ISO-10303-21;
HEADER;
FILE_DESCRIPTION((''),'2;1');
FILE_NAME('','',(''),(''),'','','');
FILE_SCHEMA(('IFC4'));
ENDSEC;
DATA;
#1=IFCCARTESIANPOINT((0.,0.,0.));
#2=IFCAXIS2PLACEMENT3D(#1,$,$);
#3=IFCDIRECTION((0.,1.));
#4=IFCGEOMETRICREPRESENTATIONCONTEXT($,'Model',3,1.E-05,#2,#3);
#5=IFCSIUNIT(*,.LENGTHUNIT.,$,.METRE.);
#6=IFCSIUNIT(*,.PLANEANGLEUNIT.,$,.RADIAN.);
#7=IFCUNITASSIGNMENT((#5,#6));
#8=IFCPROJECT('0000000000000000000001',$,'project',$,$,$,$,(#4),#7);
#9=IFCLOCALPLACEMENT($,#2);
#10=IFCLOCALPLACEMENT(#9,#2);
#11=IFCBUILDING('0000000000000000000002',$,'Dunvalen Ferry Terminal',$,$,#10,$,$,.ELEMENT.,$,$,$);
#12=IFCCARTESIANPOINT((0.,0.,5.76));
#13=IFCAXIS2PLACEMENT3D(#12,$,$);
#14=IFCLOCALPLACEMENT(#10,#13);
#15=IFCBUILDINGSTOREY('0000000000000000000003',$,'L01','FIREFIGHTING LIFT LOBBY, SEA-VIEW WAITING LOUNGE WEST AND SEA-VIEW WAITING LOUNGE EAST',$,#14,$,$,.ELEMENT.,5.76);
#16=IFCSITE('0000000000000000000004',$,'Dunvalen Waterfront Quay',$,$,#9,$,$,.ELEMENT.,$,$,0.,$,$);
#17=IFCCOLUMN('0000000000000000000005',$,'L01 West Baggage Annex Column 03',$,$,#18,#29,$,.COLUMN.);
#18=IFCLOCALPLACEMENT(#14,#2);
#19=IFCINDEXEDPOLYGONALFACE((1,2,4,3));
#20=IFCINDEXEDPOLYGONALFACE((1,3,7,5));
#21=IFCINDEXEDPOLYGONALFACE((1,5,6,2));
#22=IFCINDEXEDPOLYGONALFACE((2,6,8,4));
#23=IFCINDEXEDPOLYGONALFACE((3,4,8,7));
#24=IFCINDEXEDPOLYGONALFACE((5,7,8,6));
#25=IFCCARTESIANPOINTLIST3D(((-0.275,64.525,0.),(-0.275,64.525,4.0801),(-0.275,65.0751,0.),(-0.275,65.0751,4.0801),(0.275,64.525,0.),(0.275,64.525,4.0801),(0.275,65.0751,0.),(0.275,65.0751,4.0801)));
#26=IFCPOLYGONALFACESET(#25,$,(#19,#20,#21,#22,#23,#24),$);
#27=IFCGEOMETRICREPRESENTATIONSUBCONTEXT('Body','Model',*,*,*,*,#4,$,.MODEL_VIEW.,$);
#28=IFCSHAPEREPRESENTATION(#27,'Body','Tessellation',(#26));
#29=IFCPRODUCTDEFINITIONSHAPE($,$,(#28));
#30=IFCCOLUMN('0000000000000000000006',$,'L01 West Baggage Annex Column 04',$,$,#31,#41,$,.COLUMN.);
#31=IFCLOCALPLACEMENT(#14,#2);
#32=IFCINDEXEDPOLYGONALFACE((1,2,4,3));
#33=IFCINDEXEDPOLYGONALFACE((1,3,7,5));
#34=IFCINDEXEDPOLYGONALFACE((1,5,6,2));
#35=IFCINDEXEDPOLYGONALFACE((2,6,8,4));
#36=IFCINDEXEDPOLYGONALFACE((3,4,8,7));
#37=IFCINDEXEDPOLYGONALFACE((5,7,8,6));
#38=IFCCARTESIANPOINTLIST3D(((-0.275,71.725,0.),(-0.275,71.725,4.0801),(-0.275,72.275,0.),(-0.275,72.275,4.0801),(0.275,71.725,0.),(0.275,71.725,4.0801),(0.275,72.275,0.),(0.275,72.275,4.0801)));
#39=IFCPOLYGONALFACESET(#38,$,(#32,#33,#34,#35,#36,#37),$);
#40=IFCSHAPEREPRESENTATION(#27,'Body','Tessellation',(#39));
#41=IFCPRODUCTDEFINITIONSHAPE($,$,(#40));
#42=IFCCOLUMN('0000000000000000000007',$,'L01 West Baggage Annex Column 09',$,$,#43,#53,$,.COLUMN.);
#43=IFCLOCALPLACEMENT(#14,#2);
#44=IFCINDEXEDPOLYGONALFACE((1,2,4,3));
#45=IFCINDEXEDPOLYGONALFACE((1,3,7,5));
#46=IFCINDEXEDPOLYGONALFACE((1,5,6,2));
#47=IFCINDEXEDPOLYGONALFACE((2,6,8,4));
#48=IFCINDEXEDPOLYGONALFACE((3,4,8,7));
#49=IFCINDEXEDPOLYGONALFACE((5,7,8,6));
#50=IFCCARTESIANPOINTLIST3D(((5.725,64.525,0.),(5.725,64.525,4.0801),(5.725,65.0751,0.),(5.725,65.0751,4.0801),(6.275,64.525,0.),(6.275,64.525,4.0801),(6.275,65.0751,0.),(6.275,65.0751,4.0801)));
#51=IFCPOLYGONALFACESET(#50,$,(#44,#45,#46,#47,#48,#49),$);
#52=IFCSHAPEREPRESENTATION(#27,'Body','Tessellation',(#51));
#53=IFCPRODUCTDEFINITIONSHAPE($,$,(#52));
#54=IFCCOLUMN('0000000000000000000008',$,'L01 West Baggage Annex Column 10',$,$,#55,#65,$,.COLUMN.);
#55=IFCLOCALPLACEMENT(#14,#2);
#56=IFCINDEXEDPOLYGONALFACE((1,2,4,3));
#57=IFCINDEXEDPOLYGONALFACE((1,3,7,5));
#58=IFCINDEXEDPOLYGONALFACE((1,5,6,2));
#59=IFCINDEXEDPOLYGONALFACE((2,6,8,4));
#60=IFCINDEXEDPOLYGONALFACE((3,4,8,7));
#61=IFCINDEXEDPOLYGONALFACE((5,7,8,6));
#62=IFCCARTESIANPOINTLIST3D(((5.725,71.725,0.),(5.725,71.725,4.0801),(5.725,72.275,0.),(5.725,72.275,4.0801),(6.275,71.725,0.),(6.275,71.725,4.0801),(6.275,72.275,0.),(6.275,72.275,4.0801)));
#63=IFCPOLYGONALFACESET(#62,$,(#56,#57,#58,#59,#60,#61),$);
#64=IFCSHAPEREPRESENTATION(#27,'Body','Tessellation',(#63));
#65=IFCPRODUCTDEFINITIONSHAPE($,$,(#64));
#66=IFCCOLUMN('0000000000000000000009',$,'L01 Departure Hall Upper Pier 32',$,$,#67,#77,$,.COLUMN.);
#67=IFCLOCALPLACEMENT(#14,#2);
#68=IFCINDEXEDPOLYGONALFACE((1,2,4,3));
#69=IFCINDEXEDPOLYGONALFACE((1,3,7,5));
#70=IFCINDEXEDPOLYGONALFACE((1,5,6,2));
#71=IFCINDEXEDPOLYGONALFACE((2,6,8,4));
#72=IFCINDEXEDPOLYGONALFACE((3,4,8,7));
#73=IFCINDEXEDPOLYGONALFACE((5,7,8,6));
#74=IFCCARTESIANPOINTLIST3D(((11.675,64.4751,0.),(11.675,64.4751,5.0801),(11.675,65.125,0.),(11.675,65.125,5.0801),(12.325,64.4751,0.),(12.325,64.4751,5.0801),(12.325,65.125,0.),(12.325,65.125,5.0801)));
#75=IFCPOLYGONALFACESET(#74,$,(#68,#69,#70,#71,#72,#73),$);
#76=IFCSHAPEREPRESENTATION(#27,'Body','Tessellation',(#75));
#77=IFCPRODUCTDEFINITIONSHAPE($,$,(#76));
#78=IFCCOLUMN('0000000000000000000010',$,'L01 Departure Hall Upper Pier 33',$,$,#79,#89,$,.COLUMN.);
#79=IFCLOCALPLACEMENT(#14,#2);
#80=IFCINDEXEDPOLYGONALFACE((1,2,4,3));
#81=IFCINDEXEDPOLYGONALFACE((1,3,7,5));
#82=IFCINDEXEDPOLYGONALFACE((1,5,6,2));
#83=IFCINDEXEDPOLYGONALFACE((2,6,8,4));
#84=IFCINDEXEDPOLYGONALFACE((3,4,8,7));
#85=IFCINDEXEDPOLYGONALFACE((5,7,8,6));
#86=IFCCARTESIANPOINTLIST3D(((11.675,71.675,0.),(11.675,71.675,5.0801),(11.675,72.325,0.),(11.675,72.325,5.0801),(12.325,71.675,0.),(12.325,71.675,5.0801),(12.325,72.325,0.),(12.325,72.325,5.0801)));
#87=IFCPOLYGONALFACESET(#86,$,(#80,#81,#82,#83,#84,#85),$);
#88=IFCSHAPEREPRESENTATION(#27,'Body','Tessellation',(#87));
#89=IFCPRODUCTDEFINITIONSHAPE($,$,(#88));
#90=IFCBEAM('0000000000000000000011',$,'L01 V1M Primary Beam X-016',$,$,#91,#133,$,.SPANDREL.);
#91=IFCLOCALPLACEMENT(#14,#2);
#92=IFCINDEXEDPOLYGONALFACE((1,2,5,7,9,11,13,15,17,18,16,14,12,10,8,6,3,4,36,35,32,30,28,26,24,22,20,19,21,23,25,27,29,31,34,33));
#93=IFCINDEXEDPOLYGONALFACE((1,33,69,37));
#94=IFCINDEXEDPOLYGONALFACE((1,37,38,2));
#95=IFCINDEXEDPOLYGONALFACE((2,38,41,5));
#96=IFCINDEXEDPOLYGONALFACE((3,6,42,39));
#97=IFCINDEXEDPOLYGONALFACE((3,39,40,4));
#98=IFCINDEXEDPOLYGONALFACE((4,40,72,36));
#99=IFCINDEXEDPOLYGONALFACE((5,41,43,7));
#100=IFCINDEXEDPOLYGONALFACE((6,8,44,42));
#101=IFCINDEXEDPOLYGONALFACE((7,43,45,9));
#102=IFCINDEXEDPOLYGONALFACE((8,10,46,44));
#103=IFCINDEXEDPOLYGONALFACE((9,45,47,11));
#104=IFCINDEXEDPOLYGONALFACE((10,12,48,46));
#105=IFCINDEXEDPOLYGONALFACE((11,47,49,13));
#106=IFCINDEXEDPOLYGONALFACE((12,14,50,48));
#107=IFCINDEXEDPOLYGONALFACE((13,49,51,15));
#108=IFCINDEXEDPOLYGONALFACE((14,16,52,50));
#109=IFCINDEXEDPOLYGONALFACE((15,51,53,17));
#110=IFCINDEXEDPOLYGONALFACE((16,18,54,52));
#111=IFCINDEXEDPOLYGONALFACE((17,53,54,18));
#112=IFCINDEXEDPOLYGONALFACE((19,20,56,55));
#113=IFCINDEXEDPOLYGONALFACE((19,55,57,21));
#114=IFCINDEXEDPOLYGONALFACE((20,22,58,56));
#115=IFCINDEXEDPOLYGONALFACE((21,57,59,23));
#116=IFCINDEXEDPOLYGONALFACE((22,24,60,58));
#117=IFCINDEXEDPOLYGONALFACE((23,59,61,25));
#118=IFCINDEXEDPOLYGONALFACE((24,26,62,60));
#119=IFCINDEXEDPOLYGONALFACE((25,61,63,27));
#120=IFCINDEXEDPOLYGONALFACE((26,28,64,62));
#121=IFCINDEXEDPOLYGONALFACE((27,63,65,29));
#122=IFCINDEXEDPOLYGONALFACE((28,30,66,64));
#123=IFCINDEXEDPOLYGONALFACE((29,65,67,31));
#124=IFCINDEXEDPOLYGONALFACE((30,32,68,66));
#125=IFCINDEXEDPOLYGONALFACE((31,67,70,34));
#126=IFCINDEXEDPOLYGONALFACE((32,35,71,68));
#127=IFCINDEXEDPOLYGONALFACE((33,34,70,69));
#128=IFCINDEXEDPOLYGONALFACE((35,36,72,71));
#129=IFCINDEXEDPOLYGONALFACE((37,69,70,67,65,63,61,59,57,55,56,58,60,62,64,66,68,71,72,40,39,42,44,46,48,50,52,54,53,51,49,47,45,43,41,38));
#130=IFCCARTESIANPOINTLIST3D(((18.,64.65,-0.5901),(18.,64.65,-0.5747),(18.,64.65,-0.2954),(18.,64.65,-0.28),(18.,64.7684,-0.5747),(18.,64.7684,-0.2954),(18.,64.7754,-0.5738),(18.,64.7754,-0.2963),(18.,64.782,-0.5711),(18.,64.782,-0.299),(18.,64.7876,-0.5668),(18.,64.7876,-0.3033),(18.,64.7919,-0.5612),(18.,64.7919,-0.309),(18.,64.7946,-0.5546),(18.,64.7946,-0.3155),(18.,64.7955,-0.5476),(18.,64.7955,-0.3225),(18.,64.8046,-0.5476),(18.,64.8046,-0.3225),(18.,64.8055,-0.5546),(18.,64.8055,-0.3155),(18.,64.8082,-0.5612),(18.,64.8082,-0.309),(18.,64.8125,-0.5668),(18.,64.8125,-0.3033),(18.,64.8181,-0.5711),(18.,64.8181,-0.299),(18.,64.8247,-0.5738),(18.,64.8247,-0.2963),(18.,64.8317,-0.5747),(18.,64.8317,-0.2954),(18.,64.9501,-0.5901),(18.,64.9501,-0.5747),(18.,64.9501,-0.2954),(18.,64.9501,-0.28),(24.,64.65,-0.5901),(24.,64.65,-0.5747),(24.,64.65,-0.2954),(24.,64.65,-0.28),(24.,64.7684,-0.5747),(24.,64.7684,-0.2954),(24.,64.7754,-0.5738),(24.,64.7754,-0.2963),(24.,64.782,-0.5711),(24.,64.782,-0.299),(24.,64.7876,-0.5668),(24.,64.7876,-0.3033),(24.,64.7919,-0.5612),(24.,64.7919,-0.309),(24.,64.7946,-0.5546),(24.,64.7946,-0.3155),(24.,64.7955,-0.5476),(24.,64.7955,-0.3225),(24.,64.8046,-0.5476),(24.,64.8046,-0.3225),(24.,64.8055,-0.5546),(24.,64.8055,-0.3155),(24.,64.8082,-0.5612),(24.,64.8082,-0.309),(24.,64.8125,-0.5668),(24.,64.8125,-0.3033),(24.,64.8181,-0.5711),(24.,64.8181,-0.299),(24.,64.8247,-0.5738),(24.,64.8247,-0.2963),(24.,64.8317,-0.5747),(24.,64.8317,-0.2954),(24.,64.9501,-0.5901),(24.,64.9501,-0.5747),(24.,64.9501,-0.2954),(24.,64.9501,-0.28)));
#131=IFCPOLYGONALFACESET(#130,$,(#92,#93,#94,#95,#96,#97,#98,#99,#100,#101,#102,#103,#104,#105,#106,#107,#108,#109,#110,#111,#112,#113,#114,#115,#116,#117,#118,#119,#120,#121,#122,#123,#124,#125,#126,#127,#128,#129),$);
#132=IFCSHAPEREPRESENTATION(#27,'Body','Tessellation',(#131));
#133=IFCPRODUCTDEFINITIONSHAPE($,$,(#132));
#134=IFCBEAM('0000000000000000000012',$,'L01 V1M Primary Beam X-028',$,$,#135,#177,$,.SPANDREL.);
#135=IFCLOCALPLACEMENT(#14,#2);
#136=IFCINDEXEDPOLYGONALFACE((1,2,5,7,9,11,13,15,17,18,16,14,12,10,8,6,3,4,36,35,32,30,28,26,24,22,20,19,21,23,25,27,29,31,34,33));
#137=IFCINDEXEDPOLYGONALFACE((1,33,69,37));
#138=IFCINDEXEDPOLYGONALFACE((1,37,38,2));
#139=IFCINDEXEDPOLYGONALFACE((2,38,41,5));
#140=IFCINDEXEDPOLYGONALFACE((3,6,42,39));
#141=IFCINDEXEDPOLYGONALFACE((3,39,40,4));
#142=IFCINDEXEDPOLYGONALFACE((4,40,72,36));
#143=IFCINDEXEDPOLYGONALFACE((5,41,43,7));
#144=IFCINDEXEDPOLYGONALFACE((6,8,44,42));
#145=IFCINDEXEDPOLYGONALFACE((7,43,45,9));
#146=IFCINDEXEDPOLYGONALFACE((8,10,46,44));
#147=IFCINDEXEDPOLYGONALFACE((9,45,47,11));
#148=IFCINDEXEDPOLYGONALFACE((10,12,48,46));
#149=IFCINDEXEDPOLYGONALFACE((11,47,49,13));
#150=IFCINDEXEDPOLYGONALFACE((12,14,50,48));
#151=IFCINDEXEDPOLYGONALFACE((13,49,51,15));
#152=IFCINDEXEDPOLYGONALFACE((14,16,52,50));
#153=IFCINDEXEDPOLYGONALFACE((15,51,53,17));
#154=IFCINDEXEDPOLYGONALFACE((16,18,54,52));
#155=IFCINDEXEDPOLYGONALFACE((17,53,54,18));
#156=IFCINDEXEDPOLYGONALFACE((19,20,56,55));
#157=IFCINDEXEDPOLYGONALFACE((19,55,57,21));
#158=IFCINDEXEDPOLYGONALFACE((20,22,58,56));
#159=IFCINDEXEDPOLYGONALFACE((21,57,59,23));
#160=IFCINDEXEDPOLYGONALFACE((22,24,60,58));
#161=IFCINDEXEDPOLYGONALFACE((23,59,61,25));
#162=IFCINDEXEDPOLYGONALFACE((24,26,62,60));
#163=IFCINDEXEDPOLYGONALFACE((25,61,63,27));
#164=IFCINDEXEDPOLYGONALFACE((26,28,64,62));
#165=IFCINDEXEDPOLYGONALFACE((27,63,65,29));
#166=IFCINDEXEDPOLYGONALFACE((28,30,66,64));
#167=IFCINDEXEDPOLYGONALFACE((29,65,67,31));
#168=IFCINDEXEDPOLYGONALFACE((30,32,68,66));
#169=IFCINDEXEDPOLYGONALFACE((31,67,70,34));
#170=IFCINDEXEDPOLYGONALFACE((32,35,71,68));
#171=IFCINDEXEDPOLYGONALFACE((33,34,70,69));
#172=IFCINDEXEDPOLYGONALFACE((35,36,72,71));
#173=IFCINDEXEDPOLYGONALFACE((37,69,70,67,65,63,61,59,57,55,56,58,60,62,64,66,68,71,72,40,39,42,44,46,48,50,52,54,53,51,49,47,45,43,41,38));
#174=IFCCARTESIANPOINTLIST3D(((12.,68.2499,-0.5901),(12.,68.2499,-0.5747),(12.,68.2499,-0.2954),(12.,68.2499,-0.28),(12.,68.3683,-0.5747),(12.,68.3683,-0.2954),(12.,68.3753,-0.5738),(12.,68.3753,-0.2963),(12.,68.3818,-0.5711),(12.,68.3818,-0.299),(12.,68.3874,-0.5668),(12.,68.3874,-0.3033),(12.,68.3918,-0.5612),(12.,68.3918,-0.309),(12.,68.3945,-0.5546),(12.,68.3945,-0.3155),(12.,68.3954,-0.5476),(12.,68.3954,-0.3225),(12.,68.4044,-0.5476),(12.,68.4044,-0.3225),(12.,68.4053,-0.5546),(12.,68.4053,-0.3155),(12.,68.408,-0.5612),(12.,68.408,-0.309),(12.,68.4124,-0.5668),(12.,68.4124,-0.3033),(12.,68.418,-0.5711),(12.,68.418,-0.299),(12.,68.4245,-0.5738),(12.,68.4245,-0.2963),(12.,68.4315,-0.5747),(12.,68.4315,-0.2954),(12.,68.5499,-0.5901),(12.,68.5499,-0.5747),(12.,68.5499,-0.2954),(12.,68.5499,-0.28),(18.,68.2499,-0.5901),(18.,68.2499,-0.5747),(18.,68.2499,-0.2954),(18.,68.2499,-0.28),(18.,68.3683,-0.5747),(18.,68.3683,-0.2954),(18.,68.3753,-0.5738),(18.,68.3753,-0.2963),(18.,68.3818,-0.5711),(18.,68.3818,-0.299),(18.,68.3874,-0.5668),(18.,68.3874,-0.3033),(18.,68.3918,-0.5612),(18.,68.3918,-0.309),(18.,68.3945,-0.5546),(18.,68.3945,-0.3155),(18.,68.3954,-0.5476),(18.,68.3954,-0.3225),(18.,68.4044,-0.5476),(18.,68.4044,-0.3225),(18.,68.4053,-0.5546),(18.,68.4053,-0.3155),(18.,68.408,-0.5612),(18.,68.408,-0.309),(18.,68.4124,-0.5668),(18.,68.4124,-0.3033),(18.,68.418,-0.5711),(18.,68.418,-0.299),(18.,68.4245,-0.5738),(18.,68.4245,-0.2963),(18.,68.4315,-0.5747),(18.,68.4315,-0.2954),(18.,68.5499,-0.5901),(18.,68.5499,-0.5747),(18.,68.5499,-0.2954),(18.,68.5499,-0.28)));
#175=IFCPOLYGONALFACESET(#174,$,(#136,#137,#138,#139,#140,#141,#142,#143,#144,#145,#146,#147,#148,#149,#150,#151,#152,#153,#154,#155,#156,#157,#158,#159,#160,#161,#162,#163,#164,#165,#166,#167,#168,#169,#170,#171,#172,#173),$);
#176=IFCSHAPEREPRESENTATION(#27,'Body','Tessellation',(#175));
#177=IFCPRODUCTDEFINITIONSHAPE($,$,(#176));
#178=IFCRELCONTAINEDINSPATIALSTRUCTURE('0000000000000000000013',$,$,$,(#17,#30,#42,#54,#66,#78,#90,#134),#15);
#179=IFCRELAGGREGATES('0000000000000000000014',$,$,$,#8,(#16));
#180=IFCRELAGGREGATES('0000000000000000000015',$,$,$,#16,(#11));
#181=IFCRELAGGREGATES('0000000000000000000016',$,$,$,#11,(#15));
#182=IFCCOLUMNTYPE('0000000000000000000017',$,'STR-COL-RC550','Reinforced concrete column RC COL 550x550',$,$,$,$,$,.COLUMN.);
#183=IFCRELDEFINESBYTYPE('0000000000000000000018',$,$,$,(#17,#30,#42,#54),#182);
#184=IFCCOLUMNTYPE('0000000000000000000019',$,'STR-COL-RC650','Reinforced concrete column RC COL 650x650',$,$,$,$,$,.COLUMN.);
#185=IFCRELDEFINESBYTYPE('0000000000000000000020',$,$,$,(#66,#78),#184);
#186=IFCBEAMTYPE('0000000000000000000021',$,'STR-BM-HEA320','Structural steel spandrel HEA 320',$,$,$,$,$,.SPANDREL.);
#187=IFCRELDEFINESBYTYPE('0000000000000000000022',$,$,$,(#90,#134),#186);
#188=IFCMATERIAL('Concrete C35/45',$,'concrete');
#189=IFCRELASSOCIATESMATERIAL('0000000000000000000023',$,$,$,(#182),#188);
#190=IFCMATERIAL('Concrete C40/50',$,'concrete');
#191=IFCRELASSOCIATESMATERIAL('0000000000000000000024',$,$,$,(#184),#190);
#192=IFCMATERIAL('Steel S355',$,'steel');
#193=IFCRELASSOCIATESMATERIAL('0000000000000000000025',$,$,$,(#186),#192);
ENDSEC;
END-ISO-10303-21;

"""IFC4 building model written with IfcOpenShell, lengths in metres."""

from ifc_helpers import new_model, si_unit, direction, frame, origin, origin_2d, place, context, subcontext, project, spatial, rectangle, i_section, extrude, material, material_profile, profile_set, type_object, element, save


model = new_model("IFC4")

# Units and contexts
model_context = context("Model", 3, precision=1e-05, world=origin(), true_north=direction((0.0, 1.0)))
body_context = subcontext(model_context, "Body", "Model", "MODEL_VIEW")
ifc_project = project(units=[si_unit("LENGTHUNIT", "METRE"), si_unit("PLANEANGLEUNIT", "RADIAN")], contexts=[model_context])

# Site, building, storey
site_placement = place(None, origin())
site = spatial("IfcSite", under=ifc_project, at=site_placement, Name="Dunvalen Waterfront Quay", CompositionType="ELEMENT", RefElevation=0.0)
building_placement = place(site_placement, origin())
building = spatial("IfcBuilding", under=site, at=building_placement, Name="Dunvalen Ferry Terminal", CompositionType="ELEMENT")
storey_placement = place(building_placement, frame((0.0, 0.0, 5.76)))
storey = spatial("IfcBuildingStorey", under=building, at=storey_placement, Name="L01", Description="FIREFIGHTING LIFT LOBBY, SEA-VIEW WAITING LOUNGE WEST AND SEA-VIEW WAITING LOUNGE EAST", CompositionType="ELEMENT", Elevation=5.76)

# Columns
ifc_material_1 = material(Name="Concrete C35/45", Category="concrete")
ifc_material_profile_1 = material_profile(ifc_material_1, rectangle(XDim=0.55, YDim=0.55, at=origin_2d()), Name="Concrete C35/45")
ifc_profile_set_1 = profile_set([ifc_material_profile_1], Name="Concrete C35/45")
column_type_1 = type_object("IfcColumnType", Name="STR-COL-RC550", Description="Reinforced concrete column RC COL 550x550", PredefinedType="COLUMN", material=ifc_profile_set_1)
for number, where, z_axis, x_axis, name in (
    (1, (0.0, 64.8, 0.0), (0.0, 0.0, 1.0), (1.0, 0.0, 0.0), "L01 West Baggage Annex Column 03"),
    (2, (0.0, 72.0, 0.0), (0.0, 0.0, 1.0), (1.0, 0.0, 0.0), "L01 West Baggage Annex Column 04"),
    (3, (6.0, 64.8, 0.0), (0.0, 0.0, 1.0), (1.0, 0.0, 0.0), "L01 West Baggage Annex Column 09"),
    (4, (6.0, 72.0, 0.0), (0.0, 0.0, 1.0), (1.0, 0.0, 0.0), "L01 West Baggage Annex Column 10"),
):
    element("IfcColumn", number, at=place(storey_placement, frame(where, z_axis=z_axis, x_axis=x_axis)), inside=storey, type_object=column_type_1, Name=name, PredefinedType="COLUMN", context=body_context, shape_type="SweptSolid", body=[
        extrude(rectangle(XDim=0.55, YDim=0.55, at=origin_2d()), origin(), (0.0, 0.0, 1.0), 4.0801),
    ])
ifc_material_2 = material(Name="Concrete C40/50", Category="concrete")
ifc_material_profile_2 = material_profile(ifc_material_2, rectangle(XDim=0.6499, YDim=0.6499, at=origin_2d()), Name="Concrete C40/50")
ifc_profile_set_2 = profile_set([ifc_material_profile_2], Name="Concrete C40/50")
column_type_2 = type_object("IfcColumnType", Name="STR-COL-RC650", Description="Reinforced concrete column RC COL 650x650", PredefinedType="COLUMN", material=ifc_profile_set_2)
for number, where, z_axis, x_axis, name in (
    (5, (12.0, 64.8, 0.0), (0.0, 0.0, 1.0), (1.0, 0.0, 0.0), "L01 Departure Hall Upper Pier 32"),
    (6, (12.0, 72.0, 0.0), (0.0, 0.0, 1.0), (1.0, 0.0, 0.0), "L01 Departure Hall Upper Pier 33"),
):
    element("IfcColumn", number, at=place(storey_placement, frame(where, z_axis=z_axis, x_axis=x_axis)), inside=storey, type_object=column_type_2, Name=name, PredefinedType="COLUMN", context=body_context, shape_type="SweptSolid", body=[
        extrude(rectangle(XDim=0.6499, YDim=0.6499, at=origin_2d()), origin(), (0.0, 0.0, 1.0), 5.0801),
    ])

# Beams
ifc_material_3 = material(Name="Steel S355", Category="steel")
ifc_material_profile_3 = material_profile(ifc_material_3, i_section(OverallWidth=0.3, OverallDepth=0.3101, WebThickness=0.009, FlangeThickness=0.0154, FilletRadius=0.0271, at=origin_2d()), Name="Steel S355")
ifc_profile_set_3 = profile_set([ifc_material_profile_3], Name="Steel S355")
beam_type_1 = type_object("IfcBeamType", Name="STR-BM-HEA320", Description="Structural steel spandrel HEA 320", PredefinedType="SPANDREL", material=ifc_profile_set_3)
for number, where, z_axis, x_axis, name in (
    (7, (18.0, 64.8, -0.4351), (1.0, 0.0, 0.0), (0.0, 1.0, 0.0), "L01 V1M Primary Beam X-016"),
    (8, (12.0, 68.3999, -0.4351), (1.0, 0.0, 0.0), (0.0, 1.0, 0.0), "L01 V1M Primary Beam X-028"),
):
    element("IfcBeam", number, at=place(storey_placement, frame(where, z_axis=z_axis, x_axis=x_axis)), inside=storey, type_object=beam_type_1, Name=name, PredefinedType="SPANDREL", context=body_context, shape_type="SweptSolid", body=[
        extrude(i_section(OverallWidth=0.3, OverallDepth=0.3101, WebThickness=0.009, FlangeThickness=0.0154, FilletRadius=0.0271, at=origin_2d()), origin(), (0.0, 0.0, 1.0), 6.0),
    ])

save(model, "model.ifc")
